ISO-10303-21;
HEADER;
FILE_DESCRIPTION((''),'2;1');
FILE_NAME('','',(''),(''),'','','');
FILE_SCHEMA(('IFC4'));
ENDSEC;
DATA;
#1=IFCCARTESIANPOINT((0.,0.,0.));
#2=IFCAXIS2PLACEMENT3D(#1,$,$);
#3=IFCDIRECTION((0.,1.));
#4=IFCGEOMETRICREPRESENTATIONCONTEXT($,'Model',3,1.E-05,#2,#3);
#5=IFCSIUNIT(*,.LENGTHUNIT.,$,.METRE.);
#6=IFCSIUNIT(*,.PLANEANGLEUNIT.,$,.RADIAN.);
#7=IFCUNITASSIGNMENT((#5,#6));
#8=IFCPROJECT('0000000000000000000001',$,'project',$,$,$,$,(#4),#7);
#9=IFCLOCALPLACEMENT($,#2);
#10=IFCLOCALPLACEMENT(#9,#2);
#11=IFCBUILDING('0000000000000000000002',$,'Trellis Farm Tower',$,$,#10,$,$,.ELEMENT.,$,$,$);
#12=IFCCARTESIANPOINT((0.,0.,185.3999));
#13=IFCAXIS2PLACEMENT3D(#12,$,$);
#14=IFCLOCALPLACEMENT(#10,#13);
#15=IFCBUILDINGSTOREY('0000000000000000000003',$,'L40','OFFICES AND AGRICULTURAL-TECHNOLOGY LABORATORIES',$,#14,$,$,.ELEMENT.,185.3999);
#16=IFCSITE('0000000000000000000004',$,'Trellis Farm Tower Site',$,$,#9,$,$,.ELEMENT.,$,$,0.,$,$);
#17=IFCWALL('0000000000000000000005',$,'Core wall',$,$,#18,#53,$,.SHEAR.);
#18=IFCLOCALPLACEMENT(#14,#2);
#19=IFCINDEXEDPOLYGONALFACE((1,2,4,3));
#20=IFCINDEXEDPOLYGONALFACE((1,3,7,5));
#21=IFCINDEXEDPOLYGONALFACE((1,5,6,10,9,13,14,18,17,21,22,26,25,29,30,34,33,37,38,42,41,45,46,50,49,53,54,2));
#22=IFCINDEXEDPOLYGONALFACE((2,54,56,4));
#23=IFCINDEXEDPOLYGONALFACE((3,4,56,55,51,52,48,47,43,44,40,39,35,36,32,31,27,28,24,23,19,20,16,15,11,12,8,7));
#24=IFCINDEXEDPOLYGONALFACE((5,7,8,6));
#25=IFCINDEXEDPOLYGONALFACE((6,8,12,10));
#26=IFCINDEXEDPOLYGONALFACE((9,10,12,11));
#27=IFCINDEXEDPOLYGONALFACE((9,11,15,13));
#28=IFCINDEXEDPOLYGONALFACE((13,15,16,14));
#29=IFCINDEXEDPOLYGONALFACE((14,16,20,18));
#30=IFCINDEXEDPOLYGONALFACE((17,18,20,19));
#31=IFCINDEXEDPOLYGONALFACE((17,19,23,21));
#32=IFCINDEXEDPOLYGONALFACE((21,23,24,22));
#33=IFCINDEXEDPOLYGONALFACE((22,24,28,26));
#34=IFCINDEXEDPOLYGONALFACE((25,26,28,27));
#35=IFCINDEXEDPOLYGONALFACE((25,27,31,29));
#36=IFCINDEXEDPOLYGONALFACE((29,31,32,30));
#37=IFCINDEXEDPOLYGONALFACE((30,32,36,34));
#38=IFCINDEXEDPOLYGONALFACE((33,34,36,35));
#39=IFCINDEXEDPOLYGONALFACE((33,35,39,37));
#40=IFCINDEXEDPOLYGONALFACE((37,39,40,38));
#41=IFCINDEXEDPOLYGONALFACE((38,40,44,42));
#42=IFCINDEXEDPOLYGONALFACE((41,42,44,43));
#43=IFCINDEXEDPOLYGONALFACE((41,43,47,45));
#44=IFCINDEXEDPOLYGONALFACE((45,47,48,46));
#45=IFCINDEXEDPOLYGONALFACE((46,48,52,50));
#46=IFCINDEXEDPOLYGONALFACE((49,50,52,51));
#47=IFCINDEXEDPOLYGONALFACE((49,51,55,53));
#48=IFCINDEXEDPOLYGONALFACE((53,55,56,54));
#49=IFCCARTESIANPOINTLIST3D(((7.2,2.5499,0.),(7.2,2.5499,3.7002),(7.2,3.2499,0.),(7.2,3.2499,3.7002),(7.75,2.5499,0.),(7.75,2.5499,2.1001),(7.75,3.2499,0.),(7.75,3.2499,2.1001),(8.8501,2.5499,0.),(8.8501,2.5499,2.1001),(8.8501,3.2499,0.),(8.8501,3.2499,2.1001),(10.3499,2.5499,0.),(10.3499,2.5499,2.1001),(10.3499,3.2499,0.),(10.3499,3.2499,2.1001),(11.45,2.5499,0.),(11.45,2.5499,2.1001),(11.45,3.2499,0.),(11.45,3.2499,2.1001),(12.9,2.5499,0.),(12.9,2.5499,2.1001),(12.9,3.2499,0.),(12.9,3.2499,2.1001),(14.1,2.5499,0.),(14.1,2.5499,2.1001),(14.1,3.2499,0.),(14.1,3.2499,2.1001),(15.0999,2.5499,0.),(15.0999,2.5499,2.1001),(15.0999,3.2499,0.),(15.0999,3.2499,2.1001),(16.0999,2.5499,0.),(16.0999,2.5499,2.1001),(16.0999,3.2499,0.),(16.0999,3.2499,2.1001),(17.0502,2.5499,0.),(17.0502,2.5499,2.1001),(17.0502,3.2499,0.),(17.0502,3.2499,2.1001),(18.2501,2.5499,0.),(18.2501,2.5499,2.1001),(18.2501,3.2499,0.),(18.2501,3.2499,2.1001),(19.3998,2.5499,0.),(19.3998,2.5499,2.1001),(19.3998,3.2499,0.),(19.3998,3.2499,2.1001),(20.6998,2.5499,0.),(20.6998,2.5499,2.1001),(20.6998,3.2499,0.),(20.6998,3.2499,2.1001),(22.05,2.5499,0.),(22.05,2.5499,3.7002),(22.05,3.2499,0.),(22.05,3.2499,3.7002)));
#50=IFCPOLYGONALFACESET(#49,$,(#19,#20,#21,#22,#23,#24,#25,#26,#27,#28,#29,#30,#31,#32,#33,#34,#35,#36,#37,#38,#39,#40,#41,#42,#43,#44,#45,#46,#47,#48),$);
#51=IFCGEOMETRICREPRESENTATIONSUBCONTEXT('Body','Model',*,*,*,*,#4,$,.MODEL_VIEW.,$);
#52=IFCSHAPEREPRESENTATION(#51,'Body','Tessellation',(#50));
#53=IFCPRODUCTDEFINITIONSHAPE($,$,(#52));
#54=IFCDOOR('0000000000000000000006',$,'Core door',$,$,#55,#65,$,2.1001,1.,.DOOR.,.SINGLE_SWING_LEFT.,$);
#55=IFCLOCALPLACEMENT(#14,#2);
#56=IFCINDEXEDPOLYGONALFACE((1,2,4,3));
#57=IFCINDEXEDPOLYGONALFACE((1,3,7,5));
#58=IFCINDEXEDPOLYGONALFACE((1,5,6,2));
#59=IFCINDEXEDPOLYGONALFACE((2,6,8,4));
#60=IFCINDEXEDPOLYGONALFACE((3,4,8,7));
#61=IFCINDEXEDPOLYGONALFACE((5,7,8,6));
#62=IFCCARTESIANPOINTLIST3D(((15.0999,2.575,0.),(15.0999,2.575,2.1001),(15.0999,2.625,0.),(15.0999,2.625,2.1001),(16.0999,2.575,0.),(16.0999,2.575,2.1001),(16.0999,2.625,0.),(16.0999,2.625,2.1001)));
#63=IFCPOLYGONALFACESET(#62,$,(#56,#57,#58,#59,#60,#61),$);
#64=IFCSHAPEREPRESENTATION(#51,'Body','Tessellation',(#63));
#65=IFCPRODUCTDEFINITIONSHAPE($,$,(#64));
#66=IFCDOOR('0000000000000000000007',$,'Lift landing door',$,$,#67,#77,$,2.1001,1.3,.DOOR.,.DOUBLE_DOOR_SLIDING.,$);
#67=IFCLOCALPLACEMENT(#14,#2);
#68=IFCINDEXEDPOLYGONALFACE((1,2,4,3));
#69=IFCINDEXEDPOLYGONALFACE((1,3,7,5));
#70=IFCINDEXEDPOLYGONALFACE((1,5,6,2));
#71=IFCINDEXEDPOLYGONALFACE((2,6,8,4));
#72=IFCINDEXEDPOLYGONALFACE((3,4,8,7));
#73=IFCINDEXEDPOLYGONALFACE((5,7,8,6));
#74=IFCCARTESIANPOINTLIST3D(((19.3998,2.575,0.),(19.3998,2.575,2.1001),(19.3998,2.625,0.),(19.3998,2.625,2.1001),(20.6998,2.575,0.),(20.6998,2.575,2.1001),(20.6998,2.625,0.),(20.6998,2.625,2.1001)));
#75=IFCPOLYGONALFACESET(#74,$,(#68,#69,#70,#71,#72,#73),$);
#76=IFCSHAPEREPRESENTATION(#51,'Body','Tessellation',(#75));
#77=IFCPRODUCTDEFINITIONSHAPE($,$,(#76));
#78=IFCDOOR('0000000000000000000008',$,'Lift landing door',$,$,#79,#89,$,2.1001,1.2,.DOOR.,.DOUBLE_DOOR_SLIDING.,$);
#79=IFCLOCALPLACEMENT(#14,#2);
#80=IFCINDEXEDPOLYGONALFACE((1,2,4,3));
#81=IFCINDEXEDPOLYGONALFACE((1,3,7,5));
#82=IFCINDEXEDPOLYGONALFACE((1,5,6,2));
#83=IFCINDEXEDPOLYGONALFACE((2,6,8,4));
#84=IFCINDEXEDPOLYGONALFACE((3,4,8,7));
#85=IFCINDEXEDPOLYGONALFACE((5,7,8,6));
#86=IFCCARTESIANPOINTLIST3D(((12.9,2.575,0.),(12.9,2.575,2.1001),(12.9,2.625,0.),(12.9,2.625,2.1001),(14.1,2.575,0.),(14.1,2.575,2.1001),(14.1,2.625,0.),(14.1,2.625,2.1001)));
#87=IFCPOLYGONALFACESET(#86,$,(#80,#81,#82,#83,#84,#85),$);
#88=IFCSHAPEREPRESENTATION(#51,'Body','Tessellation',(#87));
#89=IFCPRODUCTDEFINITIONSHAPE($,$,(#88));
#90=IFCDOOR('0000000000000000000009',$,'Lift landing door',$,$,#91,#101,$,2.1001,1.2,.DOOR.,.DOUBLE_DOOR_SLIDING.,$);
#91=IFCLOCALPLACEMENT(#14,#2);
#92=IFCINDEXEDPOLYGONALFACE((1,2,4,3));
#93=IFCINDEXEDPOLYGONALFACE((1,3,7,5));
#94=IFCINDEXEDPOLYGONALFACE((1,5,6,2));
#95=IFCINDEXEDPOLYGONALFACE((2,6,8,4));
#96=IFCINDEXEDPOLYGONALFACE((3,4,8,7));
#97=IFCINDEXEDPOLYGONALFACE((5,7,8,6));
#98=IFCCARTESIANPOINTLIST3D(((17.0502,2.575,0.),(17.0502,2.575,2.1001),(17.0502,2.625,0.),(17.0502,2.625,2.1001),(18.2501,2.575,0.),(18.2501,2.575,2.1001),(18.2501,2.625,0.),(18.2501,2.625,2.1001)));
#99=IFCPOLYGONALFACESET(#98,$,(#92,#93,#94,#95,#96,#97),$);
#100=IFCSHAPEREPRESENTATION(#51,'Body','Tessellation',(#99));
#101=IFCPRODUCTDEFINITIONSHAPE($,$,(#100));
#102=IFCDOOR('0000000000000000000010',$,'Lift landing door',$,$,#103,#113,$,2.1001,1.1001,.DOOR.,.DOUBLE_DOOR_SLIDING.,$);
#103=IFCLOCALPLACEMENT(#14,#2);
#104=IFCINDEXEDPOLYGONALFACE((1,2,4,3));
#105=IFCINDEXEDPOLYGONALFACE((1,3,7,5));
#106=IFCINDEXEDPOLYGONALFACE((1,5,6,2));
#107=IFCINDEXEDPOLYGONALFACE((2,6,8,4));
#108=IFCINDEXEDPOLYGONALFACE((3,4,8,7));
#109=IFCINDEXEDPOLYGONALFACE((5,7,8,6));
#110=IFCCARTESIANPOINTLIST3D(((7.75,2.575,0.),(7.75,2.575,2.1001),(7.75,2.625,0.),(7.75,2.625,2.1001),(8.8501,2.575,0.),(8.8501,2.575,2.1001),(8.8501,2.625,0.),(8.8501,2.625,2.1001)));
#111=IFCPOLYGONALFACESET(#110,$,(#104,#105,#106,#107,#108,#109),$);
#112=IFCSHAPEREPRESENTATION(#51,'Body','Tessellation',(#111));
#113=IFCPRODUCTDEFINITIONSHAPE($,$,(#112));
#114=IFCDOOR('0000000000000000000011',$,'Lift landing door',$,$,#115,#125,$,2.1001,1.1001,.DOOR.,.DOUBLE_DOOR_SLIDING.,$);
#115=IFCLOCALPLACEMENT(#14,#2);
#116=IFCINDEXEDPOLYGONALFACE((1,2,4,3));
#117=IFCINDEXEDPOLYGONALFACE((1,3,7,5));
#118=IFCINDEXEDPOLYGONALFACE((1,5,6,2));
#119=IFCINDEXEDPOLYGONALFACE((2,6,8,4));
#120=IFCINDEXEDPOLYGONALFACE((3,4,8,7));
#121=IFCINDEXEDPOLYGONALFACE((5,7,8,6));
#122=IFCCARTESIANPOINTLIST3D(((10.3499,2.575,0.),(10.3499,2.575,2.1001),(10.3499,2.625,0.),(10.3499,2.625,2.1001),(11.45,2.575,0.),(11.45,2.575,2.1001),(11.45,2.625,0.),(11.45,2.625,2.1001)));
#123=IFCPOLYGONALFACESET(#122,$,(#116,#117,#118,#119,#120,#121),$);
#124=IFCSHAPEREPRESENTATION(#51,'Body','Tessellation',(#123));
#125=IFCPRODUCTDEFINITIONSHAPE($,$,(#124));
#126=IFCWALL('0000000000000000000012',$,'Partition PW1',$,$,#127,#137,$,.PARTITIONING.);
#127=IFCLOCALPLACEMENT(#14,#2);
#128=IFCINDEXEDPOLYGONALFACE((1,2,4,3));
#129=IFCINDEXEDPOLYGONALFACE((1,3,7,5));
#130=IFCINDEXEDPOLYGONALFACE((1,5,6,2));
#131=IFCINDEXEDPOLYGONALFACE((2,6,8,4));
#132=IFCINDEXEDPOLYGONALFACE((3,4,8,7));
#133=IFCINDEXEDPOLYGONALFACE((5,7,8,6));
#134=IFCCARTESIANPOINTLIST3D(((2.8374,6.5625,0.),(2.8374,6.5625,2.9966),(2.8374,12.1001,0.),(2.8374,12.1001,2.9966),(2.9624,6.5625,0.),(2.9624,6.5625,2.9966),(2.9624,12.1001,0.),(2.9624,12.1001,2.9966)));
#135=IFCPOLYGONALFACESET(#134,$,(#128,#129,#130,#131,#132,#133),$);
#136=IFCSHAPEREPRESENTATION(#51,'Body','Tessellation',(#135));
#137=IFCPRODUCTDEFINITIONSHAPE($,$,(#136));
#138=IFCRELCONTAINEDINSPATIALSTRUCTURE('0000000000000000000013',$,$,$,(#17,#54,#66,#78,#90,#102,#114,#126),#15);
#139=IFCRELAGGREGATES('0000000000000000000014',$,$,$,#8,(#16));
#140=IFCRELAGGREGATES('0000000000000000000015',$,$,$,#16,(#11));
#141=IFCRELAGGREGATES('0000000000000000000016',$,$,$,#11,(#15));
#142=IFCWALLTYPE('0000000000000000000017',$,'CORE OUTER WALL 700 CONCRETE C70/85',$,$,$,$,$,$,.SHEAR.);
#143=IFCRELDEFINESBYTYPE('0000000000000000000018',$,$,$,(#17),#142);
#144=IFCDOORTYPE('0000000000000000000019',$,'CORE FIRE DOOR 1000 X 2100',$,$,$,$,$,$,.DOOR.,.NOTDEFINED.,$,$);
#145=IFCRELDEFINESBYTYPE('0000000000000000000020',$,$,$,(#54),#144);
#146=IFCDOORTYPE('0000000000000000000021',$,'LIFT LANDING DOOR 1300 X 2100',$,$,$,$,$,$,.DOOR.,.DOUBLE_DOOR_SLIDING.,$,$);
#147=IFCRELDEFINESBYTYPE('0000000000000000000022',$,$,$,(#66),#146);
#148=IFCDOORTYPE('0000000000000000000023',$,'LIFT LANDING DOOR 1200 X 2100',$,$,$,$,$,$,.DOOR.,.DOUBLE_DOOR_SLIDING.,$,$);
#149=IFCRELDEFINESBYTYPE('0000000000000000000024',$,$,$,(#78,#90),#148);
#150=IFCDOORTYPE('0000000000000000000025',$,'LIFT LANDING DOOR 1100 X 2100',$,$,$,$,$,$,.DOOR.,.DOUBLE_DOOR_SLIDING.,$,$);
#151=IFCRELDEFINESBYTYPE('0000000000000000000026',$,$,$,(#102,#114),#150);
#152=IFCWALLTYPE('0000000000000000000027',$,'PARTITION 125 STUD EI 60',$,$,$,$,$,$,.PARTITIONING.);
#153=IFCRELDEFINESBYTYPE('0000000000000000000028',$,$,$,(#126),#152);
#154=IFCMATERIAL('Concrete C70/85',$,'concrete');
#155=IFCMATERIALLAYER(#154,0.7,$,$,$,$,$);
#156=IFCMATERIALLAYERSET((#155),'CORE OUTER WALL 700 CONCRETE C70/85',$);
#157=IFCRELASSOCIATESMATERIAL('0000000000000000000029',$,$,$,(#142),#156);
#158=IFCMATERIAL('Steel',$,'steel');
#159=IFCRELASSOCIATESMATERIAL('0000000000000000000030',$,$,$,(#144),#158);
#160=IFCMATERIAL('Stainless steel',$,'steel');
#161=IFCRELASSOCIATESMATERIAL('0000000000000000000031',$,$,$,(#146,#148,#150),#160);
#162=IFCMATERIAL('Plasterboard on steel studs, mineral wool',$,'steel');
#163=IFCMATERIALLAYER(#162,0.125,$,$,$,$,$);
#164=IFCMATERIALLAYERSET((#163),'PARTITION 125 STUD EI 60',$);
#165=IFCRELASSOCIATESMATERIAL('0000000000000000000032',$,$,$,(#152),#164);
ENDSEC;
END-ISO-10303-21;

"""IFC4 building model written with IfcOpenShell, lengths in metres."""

from ifc_helpers import new_model, si_unit, direction, frame, frame_2d, origin, place, context, subcontext, project, spatial, rectangle, extrude, source, transform, mapped, material, layer, layer_set, type_object, element, fill, save


model = new_model("IFC4")

# Units and contexts
model_context = context("Model", 3, precision=1e-05, world=origin(), true_north=direction((0.0, 1.0)))
body_context = subcontext(model_context, "Body", "Model", "MODEL_VIEW")
ifc_project = project(units=[si_unit("LENGTHUNIT", "METRE"), si_unit("PLANEANGLEUNIT", "RADIAN")], contexts=[model_context])

# Site, building, storey
site_placement = place(None, origin())
site = spatial("IfcSite", under=ifc_project, at=site_placement, Name="Trellis Farm Tower Site", CompositionType="ELEMENT", RefElevation=0.0)
building_placement = place(site_placement, origin())
building = spatial("IfcBuilding", under=site, at=building_placement, Name="Trellis Farm Tower", CompositionType="ELEMENT")
storey_placement = place(building_placement, frame((0.0, 0.0, 185.3999)))
storey = spatial("IfcBuildingStorey", under=building, at=storey_placement, Name="L40", Description="OFFICES AND AGRICULTURAL-TECHNOLOGY LABORATORIES", CompositionType="ELEMENT", Elevation=185.3999)

# Shared definitions
ifc_material_1 = material(Name="Concrete C70/85", Category="concrete")

# Wall, openings, doors
ifc_layer_1 = layer(ifc_material_1, 0.7)
ifc_layer_set_1 = layer_set([ifc_layer_1], Name="CORE OUTER WALL 700 CONCRETE C70/85")
wall_type_1 = type_object("IfcWallType", Name="CORE OUTER WALL 700 CONCRETE C70/85", PredefinedType="SHEAR", material=ifc_layer_set_1)
shared_shape_1 = source(origin(), body_context, "Body", "SweptSolid", [
    extrude(rectangle(XDim=14.8501, YDim=0.7, at=frame_2d((7.425, 0.0))), origin(), (0.0, 0.0, 1.0), 3.7002),
])
wall_1_placement = place(storey_placement, frame((7.2, 2.8999, 0.0), z_axis=(0.0, 0.0, 1.0), x_axis=(1.0, 0.0, 0.0)))
wall_1 = element("IfcWall", 1, at=wall_1_placement, inside=storey, type_object=wall_type_1, Name="Core wall", PredefinedType="SHEAR", context=body_context, shape_type="MappedRepresentation", body=[
    mapped(shared_shape_1, transform((0.0, 0.0, 0.0))),
])
shared_shape_2 = source(origin(), body_context, "Body", "SweptSolid", [
    extrude(rectangle(XDim=1.1001, YDim=2.1001, at=frame_2d((0.55, 1.05))), frame((0.0, 0.3601, 0.0), z_axis=(0.0, -1.0, 0.0), x_axis=(1.0, 0.0, 0.0)), (0.0, 0.0, 1.0), 0.7202),
])
opening_1_placement = place(wall_1_placement, frame((0.55, 0.0, 0.0)))
opening_1 = element("IfcOpeningElement", 2, at=opening_1_placement, cuts=wall_1, PredefinedType="OPENING", context=body_context, shape_type="MappedRepresentation", body=[
    mapped(shared_shape_2, transform((0.0, 0.0, 0.0))),
])
opening_2_placement = place(wall_1_placement, frame((3.1499, 0.0, 0.0)))
opening_2 = element("IfcOpeningElement", 3, at=opening_2_placement, cuts=wall_1, PredefinedType="OPENING", context=body_context, shape_type="MappedRepresentation", body=[
    mapped(shared_shape_2, transform((0.0, 0.0, 0.0))),
])
shared_shape_3 = source(origin(), body_context, "Body", "SweptSolid", [
    extrude(rectangle(XDim=1.2, YDim=2.1001, at=frame_2d((0.6001, 1.05))), frame((0.0, 0.3601, 0.0), z_axis=(0.0, -1.0, 0.0), x_axis=(1.0, 0.0, 0.0)), (0.0, 0.0, 1.0), 0.7202),
])
opening_3_placement = place(wall_1_placement, frame((5.7, 0.0, 0.0)))
opening_3 = element("IfcOpeningElement", 4, at=opening_3_placement, cuts=wall_1, PredefinedType="OPENING", context=body_context, shape_type="MappedRepresentation", body=[
    mapped(shared_shape_3, transform((0.0, 0.0, 0.0))),
])
shared_shape_4 = source(origin(), body_context, "Body", "SweptSolid", [
    extrude(rectangle(XDim=1.3, YDim=2.1001, at=frame_2d((0.6499, 1.05))), frame((0.0, 0.3601, 0.0), z_axis=(0.0, -1.0, 0.0), x_axis=(1.0, 0.0, 0.0)), (0.0, 0.0, 1.0), 0.7202),
])
opening_4_placement = place(wall_1_placement, frame((12.2, 0.0, 0.0)))
opening_4 = element("IfcOpeningElement", 5, at=opening_4_placement, cuts=wall_1, PredefinedType="OPENING", context=body_context, shape_type="MappedRepresentation", body=[
    mapped(shared_shape_4, transform((0.0, 0.0, 0.0))),
])
opening_5_placement = place(wall_1_placement, frame((9.8501, 0.0, 0.0)))
opening_5 = element("IfcOpeningElement", 6, at=opening_5_placement, cuts=wall_1, PredefinedType="OPENING", context=body_context, shape_type="MappedRepresentation", body=[
    mapped(shared_shape_3, transform((0.0, 0.0, 0.0))),
])
shared_shape_5 = source(origin(), body_context, "Body", "SweptSolid", [
    extrude(rectangle(XDim=1.0, YDim=2.1001, at=frame_2d((0.5, 1.05))), frame((0.0, 0.3601, 0.0), z_axis=(0.0, -1.0, 0.0), x_axis=(1.0, 0.0, 0.0)), (0.0, 0.0, 1.0), 0.7202),
])
opening_6_placement = place(wall_1_placement, frame((7.8999, 0.0, 0.0)))
opening_6 = element("IfcOpeningElement", 7, at=opening_6_placement, cuts=wall_1, PredefinedType="OPENING", context=body_context, shape_type="MappedRepresentation", body=[
    mapped(shared_shape_5, transform((0.0, 0.0, 0.0))),
])
ifc_material_2 = material(Name="Steel", Category="steel")
door_type_1 = type_object("IfcDoorType", Name="CORE FIRE DOOR 1000 X 2100", OperationType="NOTDEFINED", PredefinedType="DOOR", material=ifc_material_2)
shared_shape_6 = source(origin(), body_context, "Body", "SweptSolid", [
    extrude(rectangle(XDim=1.0, YDim=2.1001, at=frame_2d((0.5, 1.05))), frame((0.0, -0.2749, 0.0), z_axis=(0.0, -1.0, 0.0), x_axis=(1.0, 0.0, 0.0)), (0.0, 0.0, 1.0), 0.05),
])
door_1_placement = place(opening_6_placement, origin())
door_1 = element("IfcDoor", 8, at=door_1_placement, inside=storey, type_object=door_type_1, Name="Core door", OperationType="SINGLE_SWING_LEFT", OverallHeight=2.1001, OverallWidth=1.0, PredefinedType="DOOR", context=body_context, shape_type="MappedRepresentation", body=[
    mapped(shared_shape_6, transform((0.0, 0.0, 0.0))),
])
fill(opening_6, door_1)
ifc_material_3 = material(Name="Stainless steel", Category="steel")
door_type_2 = type_object("IfcDoorType", Name="LIFT LANDING DOOR 1300 X 2100", OperationType="DOUBLE_DOOR_SLIDING", PredefinedType="DOOR", material=ifc_material_3)
shared_shape_7 = source(origin(), body_context, "Body", "SweptSolid", [
    extrude(rectangle(XDim=1.3, YDim=2.1001, at=frame_2d((0.6499, 1.05))), frame((0.0, -0.2749, 0.0), z_axis=(0.0, -1.0, 0.0), x_axis=(1.0, 0.0, 0.0)), (0.0, 0.0, 1.0), 0.05),
])
door_2_placement = place(opening_4_placement, origin())
door_2 = element("IfcDoor", 9, at=door_2_placement, inside=storey, type_object=door_type_2, Name="Lift landing door", OperationType="DOUBLE_DOOR_SLIDING", OverallHeight=2.1001, OverallWidth=1.3, PredefinedType="DOOR", context=body_context, shape_type="MappedRepresentation", body=[
    mapped(shared_shape_7, transform((0.0, 0.0, 0.0))),
])
fill(opening_4, door_2)
door_type_3 = type_object("IfcDoorType", Name="LIFT LANDING DOOR 1200 X 2100", OperationType="DOUBLE_DOOR_SLIDING", PredefinedType="DOOR", material=ifc_material_3)
shared_shape_8 = source(origin(), body_context, "Body", "SweptSolid", [
    extrude(rectangle(XDim=1.2, YDim=2.1001, at=frame_2d((0.6001, 1.05))), frame((0.0, -0.2749, 0.0), z_axis=(0.0, -1.0, 0.0), x_axis=(1.0, 0.0, 0.0)), (0.0, 0.0, 1.0), 0.05),
])
door_3_placement = place(opening_3_placement, origin())
door_3 = element("IfcDoor", 10, at=door_3_placement, inside=storey, type_object=door_type_3, Name="Lift landing door", OperationType="DOUBLE_DOOR_SLIDING", OverallHeight=2.1001, OverallWidth=1.2, PredefinedType="DOOR", context=body_context, shape_type="MappedRepresentation", body=[
    mapped(shared_shape_8, transform((0.0, 0.0, 0.0))),
])
fill(opening_3, door_3)
door_4_placement = place(opening_5_placement, origin())
door_4 = element("IfcDoor", 11, at=door_4_placement, inside=storey, type_object=door_type_3, Name="Lift landing door", OperationType="DOUBLE_DOOR_SLIDING", OverallHeight=2.1001, OverallWidth=1.2, PredefinedType="DOOR", context=body_context, shape_type="MappedRepresentation", body=[
    mapped(shared_shape_8, transform((0.0, 0.0, 0.0))),
])
fill(opening_5, door_4)
door_type_4 = type_object("IfcDoorType", Name="LIFT LANDING DOOR 1100 X 2100", OperationType="DOUBLE_DOOR_SLIDING", PredefinedType="DOOR", material=ifc_material_3)
shared_shape_9 = source(origin(), body_context, "Body", "SweptSolid", [
    extrude(rectangle(XDim=1.1001, YDim=2.1001, at=frame_2d((0.55, 1.05))), frame((0.0, -0.2749, 0.0), z_axis=(0.0, -1.0, 0.0), x_axis=(1.0, 0.0, 0.0)), (0.0, 0.0, 1.0), 0.05),
])
door_5_placement = place(opening_1_placement, origin())
door_5 = element("IfcDoor", 12, at=door_5_placement, inside=storey, type_object=door_type_4, Name="Lift landing door", OperationType="DOUBLE_DOOR_SLIDING", OverallHeight=2.1001, OverallWidth=1.1001, PredefinedType="DOOR", context=body_context, shape_type="MappedRepresentation", body=[
    mapped(shared_shape_9, transform((0.0, 0.0, 0.0))),
])
fill(opening_1, door_5)
door_6_placement = place(opening_2_placement, origin())
door_6 = element("IfcDoor", 13, at=door_6_placement, inside=storey, type_object=door_type_4, Name="Lift landing door", OperationType="DOUBLE_DOOR_SLIDING", OverallHeight=2.1001, OverallWidth=1.1001, PredefinedType="DOOR", context=body_context, shape_type="MappedRepresentation", body=[
    mapped(shared_shape_9, transform((0.0, 0.0, 0.0))),
])
fill(opening_2, door_6)

# Wall
ifc_material_4 = material(Name="Plasterboard on steel studs, mineral wool", Category="steel")
ifc_layer_2 = layer(ifc_material_4, 0.125)
ifc_layer_set_2 = layer_set([ifc_layer_2], Name="PARTITION 125 STUD EI 60")
wall_type_2 = type_object("IfcWallType", Name="PARTITION 125 STUD EI 60", PredefinedType="PARTITIONING", material=ifc_layer_set_2)
shared_shape_10 = source(origin(), body_context, "Body", "SweptSolid", [
    extrude(rectangle(XDim=5.5376, YDim=0.125, at=frame_2d((2.7688, 0.0))), origin(), (0.0, 0.0, 1.0), 2.9966),
])
wall_2_placement = place(storey_placement, frame((2.8999, 12.1001, 0.0), z_axis=(0.0, 0.0, 1.0), x_axis=(0.0, -1.0, 0.0)))
element("IfcWall", 14, at=wall_2_placement, inside=storey, type_object=wall_type_2, Name="Partition PW1", PredefinedType="PARTITIONING", context=body_context, shape_type="MappedRepresentation", body=[
    mapped(shared_shape_10, transform((0.0, 0.0, 0.0))),
])

save(model, "model.ifc")
